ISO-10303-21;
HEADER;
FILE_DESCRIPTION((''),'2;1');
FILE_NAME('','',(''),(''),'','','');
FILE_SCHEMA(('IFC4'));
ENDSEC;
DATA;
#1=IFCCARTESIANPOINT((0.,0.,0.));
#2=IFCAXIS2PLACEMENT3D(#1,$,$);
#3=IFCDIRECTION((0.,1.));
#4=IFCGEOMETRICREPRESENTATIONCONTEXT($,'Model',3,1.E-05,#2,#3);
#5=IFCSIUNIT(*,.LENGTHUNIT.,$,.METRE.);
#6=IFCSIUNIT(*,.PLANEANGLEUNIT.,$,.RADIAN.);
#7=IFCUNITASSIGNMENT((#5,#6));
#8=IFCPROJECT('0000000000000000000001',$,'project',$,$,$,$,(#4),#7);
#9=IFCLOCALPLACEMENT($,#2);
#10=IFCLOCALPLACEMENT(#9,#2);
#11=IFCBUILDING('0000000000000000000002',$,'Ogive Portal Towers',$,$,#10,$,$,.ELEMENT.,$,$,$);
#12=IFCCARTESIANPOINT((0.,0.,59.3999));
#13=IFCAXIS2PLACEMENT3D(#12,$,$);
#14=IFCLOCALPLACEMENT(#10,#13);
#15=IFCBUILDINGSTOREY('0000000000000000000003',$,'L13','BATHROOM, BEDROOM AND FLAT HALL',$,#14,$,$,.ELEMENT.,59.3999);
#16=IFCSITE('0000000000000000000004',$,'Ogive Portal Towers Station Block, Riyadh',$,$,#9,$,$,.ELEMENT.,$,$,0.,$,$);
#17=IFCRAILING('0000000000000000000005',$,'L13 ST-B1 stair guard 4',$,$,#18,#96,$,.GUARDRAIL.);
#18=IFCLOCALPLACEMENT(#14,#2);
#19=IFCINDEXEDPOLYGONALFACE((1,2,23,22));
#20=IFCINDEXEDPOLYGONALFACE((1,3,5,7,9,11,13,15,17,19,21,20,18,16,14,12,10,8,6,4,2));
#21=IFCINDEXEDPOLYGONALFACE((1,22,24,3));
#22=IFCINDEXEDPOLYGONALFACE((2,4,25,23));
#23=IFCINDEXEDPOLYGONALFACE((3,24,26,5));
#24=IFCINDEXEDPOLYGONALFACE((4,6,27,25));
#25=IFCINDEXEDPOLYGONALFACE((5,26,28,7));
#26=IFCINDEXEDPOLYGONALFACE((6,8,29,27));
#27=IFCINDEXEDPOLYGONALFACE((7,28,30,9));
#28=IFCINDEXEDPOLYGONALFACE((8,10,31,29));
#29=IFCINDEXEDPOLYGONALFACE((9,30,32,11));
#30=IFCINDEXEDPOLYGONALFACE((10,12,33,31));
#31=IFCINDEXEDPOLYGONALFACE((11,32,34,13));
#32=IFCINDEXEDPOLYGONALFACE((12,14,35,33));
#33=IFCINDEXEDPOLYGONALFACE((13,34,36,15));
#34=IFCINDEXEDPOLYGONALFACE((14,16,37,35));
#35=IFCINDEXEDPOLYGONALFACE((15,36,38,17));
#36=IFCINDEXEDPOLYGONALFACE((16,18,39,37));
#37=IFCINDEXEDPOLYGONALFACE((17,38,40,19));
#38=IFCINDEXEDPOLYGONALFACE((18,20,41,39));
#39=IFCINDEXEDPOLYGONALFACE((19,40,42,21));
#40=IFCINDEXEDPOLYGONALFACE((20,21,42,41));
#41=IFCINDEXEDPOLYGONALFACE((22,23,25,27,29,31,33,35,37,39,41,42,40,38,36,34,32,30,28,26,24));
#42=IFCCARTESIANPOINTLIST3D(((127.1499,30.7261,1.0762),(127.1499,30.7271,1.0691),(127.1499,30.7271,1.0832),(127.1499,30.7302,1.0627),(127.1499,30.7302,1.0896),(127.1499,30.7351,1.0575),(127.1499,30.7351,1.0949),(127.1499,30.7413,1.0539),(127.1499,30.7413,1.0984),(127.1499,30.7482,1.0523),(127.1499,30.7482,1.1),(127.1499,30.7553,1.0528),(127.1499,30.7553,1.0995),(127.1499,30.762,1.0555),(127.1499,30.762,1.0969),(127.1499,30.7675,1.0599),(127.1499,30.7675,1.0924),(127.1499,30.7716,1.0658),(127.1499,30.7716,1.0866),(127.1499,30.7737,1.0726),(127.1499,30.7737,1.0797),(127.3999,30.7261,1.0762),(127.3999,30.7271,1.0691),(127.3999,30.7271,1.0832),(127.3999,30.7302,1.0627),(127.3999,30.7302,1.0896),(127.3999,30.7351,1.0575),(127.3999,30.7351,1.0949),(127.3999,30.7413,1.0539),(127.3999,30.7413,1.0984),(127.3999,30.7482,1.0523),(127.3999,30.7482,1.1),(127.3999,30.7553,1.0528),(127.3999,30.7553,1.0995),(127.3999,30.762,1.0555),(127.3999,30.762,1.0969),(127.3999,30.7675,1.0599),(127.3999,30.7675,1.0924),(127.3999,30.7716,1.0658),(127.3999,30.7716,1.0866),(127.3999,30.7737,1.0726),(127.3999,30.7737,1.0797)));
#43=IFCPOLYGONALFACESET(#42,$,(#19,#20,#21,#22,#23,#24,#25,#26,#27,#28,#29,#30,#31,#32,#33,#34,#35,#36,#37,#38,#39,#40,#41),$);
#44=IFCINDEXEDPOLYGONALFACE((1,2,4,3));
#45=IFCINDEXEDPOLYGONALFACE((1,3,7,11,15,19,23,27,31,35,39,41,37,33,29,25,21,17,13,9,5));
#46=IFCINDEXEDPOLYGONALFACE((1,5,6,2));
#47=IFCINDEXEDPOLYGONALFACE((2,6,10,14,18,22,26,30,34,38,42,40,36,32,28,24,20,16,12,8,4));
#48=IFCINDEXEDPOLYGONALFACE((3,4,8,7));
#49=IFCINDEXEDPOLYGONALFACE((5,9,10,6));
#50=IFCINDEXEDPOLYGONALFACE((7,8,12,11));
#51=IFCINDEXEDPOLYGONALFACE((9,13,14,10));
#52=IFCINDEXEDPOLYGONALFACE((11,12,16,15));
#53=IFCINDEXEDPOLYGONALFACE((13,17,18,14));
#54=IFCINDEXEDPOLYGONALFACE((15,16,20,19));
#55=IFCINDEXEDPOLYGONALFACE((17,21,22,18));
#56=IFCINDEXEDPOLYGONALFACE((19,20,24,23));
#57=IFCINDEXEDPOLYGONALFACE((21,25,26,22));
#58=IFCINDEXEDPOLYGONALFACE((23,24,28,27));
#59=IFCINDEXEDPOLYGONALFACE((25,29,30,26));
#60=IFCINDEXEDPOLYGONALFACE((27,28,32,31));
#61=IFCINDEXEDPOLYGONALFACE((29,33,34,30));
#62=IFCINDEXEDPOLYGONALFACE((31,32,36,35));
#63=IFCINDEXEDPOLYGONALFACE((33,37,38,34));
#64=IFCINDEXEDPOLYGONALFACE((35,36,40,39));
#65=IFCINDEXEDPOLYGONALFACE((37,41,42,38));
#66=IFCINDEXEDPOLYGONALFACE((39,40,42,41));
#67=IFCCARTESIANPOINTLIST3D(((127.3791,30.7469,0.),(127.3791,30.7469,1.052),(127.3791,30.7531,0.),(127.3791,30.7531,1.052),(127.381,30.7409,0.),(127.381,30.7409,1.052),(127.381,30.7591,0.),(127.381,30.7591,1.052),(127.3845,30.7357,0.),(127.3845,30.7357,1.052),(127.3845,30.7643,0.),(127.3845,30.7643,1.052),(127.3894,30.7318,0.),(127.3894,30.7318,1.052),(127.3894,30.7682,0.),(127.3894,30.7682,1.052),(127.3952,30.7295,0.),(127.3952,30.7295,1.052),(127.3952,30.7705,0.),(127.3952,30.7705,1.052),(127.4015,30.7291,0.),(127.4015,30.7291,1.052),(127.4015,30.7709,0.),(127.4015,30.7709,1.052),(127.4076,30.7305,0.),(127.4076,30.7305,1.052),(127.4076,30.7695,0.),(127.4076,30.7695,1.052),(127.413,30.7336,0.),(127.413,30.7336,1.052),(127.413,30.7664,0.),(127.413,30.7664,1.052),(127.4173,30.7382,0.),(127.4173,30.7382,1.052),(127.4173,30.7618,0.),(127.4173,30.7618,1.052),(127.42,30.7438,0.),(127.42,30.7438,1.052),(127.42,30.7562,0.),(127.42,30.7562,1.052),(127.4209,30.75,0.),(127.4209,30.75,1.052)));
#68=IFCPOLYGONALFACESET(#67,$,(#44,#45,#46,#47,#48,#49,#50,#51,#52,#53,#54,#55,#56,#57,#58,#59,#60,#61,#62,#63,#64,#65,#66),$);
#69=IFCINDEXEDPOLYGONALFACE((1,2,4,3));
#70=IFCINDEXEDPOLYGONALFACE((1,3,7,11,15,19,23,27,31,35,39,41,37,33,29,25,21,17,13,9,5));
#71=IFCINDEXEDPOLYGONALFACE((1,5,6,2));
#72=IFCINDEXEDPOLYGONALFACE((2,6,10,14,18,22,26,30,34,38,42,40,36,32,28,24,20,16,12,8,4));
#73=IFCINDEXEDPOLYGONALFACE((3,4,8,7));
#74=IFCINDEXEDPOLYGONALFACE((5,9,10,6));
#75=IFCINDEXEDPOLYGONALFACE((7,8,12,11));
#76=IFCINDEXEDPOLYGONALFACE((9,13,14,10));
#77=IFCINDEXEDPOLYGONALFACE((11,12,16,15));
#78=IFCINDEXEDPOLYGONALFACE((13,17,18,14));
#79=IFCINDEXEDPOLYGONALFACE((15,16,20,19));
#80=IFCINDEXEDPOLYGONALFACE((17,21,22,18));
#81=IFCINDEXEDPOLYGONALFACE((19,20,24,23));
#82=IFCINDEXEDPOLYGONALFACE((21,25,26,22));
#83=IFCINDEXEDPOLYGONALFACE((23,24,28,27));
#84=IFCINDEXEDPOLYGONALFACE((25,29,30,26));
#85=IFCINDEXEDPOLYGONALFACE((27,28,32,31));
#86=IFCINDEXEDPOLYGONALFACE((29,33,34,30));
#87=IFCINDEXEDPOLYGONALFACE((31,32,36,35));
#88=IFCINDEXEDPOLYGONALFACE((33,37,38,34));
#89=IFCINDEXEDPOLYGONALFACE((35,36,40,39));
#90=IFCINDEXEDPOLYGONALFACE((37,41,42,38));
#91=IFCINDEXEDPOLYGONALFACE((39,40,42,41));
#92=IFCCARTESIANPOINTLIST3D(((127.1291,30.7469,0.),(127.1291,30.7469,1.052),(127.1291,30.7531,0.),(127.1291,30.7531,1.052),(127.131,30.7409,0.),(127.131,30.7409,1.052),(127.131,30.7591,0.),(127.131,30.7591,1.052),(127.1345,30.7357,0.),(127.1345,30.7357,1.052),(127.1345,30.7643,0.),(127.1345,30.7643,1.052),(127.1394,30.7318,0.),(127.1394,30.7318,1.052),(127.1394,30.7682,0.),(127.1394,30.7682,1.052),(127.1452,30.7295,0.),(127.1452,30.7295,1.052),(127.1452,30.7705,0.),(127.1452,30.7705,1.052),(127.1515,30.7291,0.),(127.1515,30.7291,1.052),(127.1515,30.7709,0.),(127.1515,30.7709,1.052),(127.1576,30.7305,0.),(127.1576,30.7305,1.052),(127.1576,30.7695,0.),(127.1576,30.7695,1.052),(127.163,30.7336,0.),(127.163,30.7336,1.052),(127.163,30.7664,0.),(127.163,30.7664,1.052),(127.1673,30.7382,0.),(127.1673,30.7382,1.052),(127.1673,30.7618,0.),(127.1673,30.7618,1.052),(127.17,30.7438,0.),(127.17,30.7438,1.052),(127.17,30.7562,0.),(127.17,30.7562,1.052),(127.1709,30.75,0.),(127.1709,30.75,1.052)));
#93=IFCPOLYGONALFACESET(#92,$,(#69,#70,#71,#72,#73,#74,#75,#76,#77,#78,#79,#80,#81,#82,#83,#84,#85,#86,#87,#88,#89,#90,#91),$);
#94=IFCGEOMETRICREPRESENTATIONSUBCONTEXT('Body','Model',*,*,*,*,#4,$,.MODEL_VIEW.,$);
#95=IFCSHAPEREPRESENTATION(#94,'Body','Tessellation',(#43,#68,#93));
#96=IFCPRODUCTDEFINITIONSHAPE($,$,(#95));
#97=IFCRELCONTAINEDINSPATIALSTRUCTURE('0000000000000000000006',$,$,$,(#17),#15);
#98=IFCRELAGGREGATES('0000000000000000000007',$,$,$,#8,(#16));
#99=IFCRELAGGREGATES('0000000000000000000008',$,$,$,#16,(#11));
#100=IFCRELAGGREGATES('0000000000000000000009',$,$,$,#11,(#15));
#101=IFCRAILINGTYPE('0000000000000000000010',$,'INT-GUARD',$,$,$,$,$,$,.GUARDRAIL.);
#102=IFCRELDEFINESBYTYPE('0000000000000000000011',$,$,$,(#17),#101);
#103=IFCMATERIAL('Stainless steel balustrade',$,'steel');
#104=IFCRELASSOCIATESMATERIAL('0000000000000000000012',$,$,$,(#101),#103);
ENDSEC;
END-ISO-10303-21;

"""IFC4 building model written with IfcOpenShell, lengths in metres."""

from ifc_helpers import new_model, si_unit, direction, frame, origin, origin_2d, place, context, subcontext, project, spatial, circle, extrude, material, type_object, element, save


model = new_model("IFC4")

# Units and contexts
model_context = context("Model", 3, precision=1e-05, world=origin(), true_north=direction((0.0, 1.0)))
body_context = subcontext(model_context, "Body", "Model", "MODEL_VIEW")
ifc_project = project(units=[si_unit("LENGTHUNIT", "METRE"), si_unit("PLANEANGLEUNIT", "RADIAN")], contexts=[model_context])

# Site, building, storey
site_placement = place(None, origin())
site = spatial("IfcSite", under=ifc_project, at=site_placement, Name="Ogive Portal Towers Station Block, Riyadh", CompositionType="ELEMENT", RefElevation=0.0)
building_placement = place(site_placement, origin())
building = spatial("IfcBuilding", under=site, at=building_placement, Name="Ogive Portal Towers", CompositionType="ELEMENT")
storey_placement = place(building_placement, frame((0.0, 0.0, 59.3999)))
storey = spatial("IfcBuildingStorey", under=building, at=storey_placement, Name="L13", Description="BATHROOM, BEDROOM AND FLAT HALL", CompositionType="ELEMENT", Elevation=59.3999)

# Railing
ifc_material_1 = material(Name="Stainless steel balustrade", Category="steel")
railing_type_1 = type_object("IfcRailingType", Name="INT-GUARD", PredefinedType="GUARDRAIL", material=ifc_material_1)
railing_1_placement = place(storey_placement, frame((127.3999, 30.75, 0.0)))
element("IfcRailing", 1, at=railing_1_placement, inside=storey, type_object=railing_type_1, Name="L13 ST-B1 stair guard 4", PredefinedType="GUARDRAIL", context=body_context, shape_type="SweptSolid", body=[
    extrude(circle(Radius=0.0239, at=origin_2d()), frame((0.0, 0.0, 1.0762), z_axis=(-1.0, 0.0, 0.0), x_axis=(0.0, -1.0, 0.0)), (0.0, 0.0, 1.0), 0.25),
    extrude(circle(Radius=0.021, at=origin_2d()), origin(), (0.0, 0.0, 1.0), 1.052),
    extrude(circle(Radius=0.021, at=origin_2d()), frame((-0.25, 0.0, 0.0)), (0.0, 0.0, 1.0), 1.052),
])

save(model, "model.ifc")
